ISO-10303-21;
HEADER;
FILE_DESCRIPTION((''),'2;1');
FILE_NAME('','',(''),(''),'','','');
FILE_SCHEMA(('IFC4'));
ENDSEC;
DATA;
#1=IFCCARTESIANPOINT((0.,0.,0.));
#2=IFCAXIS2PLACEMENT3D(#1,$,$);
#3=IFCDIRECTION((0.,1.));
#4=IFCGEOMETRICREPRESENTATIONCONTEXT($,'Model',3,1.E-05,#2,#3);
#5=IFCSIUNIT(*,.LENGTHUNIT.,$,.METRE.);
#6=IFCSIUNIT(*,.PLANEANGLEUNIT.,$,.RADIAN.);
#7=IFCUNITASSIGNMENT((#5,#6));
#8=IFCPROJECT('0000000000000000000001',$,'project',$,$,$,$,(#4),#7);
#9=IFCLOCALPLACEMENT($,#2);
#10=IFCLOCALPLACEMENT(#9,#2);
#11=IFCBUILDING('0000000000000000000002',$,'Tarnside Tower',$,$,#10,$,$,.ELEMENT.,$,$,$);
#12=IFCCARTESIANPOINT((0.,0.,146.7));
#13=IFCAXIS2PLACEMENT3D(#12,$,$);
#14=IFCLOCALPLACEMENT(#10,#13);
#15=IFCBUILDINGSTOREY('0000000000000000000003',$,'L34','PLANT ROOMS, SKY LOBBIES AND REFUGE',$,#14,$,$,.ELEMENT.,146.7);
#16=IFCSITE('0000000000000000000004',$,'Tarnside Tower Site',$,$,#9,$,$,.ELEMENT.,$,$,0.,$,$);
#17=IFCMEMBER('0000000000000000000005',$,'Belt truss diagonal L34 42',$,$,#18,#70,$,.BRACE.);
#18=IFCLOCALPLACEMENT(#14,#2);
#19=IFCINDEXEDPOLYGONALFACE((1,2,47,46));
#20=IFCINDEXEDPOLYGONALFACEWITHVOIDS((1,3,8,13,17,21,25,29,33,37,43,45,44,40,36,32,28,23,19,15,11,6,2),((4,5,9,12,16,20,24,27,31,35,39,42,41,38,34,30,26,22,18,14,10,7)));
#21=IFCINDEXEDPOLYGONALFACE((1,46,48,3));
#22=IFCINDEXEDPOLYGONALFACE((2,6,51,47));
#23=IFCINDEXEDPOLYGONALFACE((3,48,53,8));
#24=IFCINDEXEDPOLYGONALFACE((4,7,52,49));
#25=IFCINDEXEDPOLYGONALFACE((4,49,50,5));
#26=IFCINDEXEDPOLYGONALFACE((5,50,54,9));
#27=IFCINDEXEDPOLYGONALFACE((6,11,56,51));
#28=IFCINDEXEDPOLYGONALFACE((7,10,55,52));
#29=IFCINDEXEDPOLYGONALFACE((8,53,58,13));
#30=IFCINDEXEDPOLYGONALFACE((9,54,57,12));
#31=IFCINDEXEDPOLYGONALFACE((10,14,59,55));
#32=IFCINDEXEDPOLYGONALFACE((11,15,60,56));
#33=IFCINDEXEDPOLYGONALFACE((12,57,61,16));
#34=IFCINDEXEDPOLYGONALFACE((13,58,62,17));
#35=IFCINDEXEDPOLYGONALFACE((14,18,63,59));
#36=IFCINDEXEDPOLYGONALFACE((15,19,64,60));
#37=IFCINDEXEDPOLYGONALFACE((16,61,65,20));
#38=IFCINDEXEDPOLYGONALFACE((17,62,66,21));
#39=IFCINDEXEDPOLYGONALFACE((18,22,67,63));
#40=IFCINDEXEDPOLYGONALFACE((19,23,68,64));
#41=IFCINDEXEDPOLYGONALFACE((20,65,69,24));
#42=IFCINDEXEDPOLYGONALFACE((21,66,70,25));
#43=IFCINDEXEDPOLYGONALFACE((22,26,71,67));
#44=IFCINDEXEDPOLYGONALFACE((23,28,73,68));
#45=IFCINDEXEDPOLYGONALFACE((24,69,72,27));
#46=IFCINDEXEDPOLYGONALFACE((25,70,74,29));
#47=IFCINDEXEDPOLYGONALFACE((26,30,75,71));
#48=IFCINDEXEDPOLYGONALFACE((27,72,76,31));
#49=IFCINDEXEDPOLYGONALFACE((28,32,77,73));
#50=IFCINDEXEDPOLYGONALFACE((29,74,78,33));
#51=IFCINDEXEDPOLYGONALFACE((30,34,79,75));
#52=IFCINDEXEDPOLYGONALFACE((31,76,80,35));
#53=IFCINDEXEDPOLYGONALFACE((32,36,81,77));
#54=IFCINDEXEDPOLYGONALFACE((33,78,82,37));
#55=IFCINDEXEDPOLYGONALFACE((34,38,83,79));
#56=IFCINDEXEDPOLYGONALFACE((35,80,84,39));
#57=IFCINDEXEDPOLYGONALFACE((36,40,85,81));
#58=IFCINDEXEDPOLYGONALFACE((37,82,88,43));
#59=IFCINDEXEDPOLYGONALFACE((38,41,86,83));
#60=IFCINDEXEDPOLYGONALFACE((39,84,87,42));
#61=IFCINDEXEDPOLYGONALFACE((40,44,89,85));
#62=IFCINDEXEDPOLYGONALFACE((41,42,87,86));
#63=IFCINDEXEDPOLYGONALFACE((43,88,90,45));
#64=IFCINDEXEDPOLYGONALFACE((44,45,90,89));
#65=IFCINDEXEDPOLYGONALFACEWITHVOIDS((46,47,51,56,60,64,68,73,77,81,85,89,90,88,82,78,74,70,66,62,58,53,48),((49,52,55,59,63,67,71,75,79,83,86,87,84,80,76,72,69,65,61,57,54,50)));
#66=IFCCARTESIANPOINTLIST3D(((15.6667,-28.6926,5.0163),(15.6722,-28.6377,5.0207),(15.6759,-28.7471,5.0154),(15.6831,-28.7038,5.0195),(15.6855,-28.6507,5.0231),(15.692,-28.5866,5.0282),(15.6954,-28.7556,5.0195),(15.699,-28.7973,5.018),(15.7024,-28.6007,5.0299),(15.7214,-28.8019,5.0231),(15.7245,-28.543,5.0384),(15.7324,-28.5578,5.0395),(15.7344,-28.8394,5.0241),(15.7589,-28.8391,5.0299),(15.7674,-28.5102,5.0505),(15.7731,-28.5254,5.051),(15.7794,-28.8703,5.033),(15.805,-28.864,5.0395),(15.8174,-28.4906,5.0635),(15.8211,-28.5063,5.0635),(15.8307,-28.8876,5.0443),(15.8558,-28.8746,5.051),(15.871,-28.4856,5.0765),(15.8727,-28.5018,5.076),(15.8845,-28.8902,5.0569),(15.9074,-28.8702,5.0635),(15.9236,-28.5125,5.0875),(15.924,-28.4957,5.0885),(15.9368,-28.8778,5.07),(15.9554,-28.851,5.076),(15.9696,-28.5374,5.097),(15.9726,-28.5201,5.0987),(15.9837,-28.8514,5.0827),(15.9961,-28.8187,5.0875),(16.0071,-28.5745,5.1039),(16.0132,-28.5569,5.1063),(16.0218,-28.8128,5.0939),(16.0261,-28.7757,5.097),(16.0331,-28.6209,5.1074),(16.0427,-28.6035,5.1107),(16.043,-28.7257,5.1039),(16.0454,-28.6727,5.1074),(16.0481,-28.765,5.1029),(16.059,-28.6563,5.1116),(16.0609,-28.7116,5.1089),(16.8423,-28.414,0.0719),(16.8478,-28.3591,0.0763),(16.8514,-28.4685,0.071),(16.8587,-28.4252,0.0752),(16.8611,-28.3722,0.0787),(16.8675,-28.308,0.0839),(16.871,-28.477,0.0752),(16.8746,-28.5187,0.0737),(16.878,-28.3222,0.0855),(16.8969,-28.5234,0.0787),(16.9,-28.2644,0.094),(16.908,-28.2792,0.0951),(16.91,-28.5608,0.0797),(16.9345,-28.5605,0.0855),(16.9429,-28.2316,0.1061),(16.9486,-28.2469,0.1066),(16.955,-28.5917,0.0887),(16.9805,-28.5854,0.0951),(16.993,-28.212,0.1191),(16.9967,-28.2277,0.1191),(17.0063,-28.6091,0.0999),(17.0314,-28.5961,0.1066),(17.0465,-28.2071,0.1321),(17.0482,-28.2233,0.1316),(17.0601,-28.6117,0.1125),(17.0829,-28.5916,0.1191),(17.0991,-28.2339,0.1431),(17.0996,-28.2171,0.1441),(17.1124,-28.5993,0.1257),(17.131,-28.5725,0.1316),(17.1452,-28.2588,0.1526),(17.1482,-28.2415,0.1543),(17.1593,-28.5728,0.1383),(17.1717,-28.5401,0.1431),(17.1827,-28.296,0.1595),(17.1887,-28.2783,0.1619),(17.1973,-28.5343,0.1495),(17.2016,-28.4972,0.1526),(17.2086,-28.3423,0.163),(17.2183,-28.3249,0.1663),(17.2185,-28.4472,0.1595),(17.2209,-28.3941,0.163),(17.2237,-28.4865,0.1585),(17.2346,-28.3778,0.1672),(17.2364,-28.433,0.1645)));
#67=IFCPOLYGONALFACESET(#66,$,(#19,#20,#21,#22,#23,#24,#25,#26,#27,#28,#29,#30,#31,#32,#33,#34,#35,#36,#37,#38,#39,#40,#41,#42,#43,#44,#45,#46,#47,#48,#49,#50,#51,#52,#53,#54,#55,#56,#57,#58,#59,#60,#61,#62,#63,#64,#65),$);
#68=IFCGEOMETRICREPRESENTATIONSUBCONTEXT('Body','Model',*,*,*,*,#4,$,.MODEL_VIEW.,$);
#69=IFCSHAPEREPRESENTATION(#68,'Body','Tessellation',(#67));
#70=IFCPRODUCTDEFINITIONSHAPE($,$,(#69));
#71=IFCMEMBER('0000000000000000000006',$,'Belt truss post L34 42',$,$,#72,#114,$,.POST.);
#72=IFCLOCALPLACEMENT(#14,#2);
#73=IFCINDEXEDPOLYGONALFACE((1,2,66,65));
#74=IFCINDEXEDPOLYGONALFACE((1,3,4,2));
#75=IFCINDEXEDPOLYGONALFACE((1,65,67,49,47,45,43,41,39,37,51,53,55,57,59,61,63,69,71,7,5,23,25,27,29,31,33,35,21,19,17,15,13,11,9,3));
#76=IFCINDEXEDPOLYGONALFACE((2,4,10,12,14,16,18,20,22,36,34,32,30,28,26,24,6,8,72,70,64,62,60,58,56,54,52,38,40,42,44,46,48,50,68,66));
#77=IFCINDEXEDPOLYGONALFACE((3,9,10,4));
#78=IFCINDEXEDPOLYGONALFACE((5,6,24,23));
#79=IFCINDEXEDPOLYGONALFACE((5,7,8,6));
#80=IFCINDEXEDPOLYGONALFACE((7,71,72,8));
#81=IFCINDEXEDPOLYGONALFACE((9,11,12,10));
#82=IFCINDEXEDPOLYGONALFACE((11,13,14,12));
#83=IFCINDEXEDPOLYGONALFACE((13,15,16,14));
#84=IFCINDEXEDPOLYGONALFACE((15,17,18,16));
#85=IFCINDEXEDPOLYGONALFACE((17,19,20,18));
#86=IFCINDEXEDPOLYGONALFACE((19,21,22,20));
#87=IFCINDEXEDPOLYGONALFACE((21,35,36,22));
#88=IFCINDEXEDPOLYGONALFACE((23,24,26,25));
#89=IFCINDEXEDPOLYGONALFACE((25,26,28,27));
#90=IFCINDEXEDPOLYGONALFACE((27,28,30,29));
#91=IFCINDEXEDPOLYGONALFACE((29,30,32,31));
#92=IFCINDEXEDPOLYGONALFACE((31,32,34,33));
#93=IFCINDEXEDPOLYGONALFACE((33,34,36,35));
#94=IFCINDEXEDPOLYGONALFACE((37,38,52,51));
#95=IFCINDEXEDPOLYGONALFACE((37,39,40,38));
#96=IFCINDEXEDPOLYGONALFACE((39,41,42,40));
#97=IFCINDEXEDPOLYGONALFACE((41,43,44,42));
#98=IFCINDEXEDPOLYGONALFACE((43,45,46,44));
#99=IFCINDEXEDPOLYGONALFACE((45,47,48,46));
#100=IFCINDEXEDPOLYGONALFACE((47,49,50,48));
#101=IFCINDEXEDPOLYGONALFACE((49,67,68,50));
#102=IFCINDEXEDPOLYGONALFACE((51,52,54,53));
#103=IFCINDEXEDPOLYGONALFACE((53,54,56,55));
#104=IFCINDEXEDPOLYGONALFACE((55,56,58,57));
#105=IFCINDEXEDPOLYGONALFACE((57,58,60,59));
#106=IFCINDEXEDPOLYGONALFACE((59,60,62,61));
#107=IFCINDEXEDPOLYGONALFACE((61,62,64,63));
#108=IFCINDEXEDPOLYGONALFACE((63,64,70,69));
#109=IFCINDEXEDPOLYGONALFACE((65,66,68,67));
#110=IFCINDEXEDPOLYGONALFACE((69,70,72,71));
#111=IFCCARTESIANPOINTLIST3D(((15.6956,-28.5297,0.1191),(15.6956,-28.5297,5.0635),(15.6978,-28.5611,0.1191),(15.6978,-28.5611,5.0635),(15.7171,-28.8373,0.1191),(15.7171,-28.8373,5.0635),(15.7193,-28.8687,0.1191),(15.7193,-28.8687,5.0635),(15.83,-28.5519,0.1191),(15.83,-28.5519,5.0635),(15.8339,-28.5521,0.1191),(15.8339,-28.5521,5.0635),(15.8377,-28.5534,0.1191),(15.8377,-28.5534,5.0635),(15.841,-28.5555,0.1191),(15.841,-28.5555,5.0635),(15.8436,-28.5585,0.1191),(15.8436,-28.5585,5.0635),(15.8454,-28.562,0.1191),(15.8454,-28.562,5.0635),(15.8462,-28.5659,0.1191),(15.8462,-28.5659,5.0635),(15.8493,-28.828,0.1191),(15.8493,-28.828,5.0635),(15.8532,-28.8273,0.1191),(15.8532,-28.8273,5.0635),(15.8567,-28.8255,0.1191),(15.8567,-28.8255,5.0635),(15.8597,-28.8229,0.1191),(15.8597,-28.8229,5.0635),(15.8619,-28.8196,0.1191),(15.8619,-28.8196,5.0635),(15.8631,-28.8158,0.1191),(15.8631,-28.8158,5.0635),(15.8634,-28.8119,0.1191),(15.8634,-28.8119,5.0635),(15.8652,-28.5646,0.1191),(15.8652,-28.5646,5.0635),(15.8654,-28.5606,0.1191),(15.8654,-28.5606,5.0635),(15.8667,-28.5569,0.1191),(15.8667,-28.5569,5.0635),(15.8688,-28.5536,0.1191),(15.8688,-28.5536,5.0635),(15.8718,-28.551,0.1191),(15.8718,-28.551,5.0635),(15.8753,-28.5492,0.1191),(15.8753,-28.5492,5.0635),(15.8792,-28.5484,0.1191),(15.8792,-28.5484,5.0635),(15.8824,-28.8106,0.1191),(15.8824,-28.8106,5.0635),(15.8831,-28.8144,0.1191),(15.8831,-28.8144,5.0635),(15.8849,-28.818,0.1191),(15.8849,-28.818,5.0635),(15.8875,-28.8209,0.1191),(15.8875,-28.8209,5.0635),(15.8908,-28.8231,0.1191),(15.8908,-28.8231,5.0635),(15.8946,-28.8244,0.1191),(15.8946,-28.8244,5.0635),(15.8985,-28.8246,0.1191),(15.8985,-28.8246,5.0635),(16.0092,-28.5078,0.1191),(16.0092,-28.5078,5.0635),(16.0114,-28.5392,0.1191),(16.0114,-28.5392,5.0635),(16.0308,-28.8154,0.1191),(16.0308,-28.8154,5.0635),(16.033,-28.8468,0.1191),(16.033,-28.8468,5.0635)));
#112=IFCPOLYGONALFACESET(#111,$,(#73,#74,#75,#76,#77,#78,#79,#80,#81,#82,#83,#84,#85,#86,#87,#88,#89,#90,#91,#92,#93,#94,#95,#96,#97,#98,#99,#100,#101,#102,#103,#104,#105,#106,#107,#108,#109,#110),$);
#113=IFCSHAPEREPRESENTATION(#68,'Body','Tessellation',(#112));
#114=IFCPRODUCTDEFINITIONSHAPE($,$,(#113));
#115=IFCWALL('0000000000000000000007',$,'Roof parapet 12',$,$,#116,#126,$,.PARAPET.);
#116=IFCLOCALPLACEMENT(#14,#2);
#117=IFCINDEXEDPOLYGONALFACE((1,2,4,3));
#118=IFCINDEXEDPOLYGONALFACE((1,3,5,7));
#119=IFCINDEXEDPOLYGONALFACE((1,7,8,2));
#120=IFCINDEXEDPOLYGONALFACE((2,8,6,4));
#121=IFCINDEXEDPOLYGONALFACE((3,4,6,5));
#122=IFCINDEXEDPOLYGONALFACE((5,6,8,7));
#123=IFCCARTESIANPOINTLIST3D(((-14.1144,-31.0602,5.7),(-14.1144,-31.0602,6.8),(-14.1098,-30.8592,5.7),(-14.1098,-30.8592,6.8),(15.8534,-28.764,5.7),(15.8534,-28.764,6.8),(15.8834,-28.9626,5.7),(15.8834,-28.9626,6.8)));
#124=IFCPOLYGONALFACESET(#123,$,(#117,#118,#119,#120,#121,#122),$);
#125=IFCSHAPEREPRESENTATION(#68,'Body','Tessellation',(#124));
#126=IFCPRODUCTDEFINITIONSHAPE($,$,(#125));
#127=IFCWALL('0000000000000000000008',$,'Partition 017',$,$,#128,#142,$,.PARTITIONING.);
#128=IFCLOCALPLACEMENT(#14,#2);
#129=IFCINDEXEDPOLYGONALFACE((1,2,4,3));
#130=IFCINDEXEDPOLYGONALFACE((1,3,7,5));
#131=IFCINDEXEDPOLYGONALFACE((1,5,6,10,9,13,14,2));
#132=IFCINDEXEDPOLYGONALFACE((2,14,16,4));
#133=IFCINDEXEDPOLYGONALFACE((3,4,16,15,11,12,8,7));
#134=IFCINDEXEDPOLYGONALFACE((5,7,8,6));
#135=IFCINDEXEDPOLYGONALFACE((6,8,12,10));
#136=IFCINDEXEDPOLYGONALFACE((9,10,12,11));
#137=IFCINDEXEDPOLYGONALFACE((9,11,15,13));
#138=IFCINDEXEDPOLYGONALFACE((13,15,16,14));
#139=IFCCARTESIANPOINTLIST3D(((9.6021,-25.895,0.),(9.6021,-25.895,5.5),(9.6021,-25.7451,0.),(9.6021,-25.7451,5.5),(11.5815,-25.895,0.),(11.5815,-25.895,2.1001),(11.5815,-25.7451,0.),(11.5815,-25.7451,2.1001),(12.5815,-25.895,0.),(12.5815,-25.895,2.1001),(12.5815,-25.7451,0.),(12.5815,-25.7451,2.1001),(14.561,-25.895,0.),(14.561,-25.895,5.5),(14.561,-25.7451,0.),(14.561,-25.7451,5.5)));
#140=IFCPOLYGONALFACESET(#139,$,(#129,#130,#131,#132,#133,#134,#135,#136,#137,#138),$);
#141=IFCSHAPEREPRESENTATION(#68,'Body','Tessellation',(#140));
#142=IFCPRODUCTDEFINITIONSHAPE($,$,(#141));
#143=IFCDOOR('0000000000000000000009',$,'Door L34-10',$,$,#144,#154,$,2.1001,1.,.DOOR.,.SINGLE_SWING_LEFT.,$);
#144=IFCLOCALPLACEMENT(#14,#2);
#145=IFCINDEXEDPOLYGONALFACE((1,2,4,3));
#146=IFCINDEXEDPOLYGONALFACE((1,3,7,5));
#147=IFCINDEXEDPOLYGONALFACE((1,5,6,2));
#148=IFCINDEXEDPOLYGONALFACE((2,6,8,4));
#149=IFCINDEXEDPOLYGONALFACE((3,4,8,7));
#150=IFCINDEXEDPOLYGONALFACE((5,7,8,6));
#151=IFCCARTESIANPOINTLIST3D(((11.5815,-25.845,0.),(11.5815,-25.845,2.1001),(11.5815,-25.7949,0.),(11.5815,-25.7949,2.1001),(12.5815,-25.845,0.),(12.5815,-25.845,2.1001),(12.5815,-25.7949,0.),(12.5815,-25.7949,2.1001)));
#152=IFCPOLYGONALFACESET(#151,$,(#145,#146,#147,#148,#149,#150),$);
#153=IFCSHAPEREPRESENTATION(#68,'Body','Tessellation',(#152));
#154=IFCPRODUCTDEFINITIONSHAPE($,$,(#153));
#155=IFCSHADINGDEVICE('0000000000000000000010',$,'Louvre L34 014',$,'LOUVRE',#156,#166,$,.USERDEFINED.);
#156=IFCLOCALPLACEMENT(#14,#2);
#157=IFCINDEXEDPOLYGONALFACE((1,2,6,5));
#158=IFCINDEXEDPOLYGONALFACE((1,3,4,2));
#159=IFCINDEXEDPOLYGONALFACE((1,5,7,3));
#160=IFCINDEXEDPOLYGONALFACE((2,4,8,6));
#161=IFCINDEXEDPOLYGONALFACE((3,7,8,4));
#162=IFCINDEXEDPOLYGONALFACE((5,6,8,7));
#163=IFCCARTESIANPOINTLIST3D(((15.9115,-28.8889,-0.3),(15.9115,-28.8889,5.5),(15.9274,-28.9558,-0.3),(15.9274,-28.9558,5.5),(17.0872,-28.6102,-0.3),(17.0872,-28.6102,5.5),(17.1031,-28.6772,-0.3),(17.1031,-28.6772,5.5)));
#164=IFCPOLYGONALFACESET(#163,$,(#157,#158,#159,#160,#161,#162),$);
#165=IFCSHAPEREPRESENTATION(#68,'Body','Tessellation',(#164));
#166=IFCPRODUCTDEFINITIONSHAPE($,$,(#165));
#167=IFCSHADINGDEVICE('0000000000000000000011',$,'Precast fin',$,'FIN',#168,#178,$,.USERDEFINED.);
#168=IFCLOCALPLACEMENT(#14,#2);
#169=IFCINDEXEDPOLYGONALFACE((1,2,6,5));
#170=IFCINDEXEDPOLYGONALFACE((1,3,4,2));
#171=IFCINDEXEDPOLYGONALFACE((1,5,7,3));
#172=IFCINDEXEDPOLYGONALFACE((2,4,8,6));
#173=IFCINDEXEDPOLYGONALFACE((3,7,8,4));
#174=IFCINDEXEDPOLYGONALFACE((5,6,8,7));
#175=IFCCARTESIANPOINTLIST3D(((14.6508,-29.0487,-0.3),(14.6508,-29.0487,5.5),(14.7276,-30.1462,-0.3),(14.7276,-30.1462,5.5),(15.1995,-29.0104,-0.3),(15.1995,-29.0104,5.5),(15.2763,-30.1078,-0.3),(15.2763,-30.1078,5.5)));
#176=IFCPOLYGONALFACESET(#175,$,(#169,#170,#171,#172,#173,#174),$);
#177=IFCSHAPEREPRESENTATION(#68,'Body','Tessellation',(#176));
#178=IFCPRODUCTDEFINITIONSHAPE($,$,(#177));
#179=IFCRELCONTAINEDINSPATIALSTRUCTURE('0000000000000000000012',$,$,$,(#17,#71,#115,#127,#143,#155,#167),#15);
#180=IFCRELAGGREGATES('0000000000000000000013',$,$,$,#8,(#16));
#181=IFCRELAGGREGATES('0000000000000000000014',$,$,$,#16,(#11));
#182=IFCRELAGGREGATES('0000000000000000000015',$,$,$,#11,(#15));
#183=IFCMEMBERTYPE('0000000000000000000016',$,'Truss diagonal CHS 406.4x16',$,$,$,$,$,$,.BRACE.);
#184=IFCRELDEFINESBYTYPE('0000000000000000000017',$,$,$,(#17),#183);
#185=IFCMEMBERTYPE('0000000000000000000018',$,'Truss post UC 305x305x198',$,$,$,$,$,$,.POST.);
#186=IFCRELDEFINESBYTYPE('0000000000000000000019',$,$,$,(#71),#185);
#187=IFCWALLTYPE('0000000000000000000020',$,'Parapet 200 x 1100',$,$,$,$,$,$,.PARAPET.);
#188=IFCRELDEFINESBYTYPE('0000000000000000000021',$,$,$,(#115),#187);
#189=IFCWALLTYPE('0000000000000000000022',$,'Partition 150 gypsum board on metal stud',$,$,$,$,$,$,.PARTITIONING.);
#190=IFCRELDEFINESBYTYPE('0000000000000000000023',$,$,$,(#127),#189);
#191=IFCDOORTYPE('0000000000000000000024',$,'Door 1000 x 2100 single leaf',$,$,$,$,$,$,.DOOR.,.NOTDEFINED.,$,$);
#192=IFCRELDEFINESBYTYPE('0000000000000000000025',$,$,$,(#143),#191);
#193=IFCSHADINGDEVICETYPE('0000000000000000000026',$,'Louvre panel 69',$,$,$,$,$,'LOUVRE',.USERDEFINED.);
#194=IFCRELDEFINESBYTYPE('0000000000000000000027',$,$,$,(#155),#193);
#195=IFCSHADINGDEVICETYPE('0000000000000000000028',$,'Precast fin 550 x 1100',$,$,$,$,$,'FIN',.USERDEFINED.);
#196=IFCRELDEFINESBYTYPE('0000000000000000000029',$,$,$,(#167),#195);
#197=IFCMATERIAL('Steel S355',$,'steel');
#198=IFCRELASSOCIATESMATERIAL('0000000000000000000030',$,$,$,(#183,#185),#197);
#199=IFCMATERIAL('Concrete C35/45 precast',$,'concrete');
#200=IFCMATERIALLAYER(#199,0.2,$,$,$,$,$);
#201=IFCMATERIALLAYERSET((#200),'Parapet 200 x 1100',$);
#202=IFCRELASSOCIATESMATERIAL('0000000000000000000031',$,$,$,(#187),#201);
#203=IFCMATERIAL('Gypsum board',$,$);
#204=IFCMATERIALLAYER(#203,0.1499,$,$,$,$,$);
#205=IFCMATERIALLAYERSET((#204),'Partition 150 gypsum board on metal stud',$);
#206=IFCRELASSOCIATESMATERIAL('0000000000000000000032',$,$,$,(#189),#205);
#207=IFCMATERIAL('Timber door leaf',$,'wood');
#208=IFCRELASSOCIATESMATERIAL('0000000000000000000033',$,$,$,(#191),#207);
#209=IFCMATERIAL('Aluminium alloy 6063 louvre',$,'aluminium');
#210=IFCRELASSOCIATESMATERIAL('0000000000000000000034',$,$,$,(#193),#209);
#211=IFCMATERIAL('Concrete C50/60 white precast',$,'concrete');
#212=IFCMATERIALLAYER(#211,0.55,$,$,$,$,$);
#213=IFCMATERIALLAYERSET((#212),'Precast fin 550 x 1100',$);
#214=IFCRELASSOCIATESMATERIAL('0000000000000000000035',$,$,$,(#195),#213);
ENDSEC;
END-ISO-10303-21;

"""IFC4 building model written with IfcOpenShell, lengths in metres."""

from ifc_helpers import new_model, si_unit, direction, frame, frame_2d, origin, origin_2d, place, context, subcontext, project, spatial, polyline, rectangle, hollow_circle, i_section, outline, extrude, material, layer, layer_set, material_profile, profile_set, type_object, element, fill, save


model = new_model("IFC4")

# Units and contexts
model_context = context("Model", 3, precision=1e-05, world=origin(), true_north=direction((0.0, 1.0)))
body_context = subcontext(model_context, "Body", "Model", "MODEL_VIEW")
ifc_project = project(units=[si_unit("LENGTHUNIT", "METRE"), si_unit("PLANEANGLEUNIT", "RADIAN")], contexts=[model_context])

# Site, building, storey
site_placement = place(None, origin())
site = spatial("IfcSite", under=ifc_project, at=site_placement, Name="Tarnside Tower Site", CompositionType="ELEMENT", RefElevation=0.0)
building_placement = place(site_placement, origin())
building = spatial("IfcBuilding", under=site, at=building_placement, Name="Tarnside Tower", CompositionType="ELEMENT")
storey_placement = place(building_placement, frame((0.0, 0.0, 146.7)))
storey = spatial("IfcBuildingStorey", under=building, at=storey_placement, Name="L34", Description="PLANT ROOMS, SKY LOBBIES AND REFUGE", CompositionType="ELEMENT", Elevation=146.7)

# Shared definitions
ifc_material_1 = material(Name="Steel S355", Category="steel")

# Members
ifc_material_profile_1 = material_profile(ifc_material_1, hollow_circle(Radius=0.2031, WallThickness=0.0161, at=origin_2d()), Name="CHS 406.4x16")
ifc_profile_set_1 = profile_set([ifc_material_profile_1], Name="Steel S355")
member_type_1 = type_object("IfcMemberType", Name="Truss diagonal CHS 406.4x16", PredefinedType="BRACE", material=ifc_profile_set_1)
member_1_placement = place(storey_placement, frame((15.8643, -28.6882, 5.0635), z_axis=(0.23096, 0.05473, -0.971423), x_axis=(-0.230582, 0.973053, 0.0)))
element("IfcMember", 1, at=member_1_placement, inside=storey, type_object=member_type_1, Name="Belt truss diagonal L34 42", PredefinedType="BRACE", context=body_context, shape_type="SweptSolid", body=[
    extrude(hollow_circle(Radius=0.2031, WallThickness=0.0161, at=origin_2d()), origin(), (0.0, 0.0, 1.0), 5.0898),
])
ifc_material_profile_2 = material_profile(ifc_material_1, i_section(OverallWidth=0.3145, OverallDepth=0.3398, WebThickness=0.019, FlangeThickness=0.0315, FilletRadius=0.0151, at=origin_2d()), Name="UC 305x305x198")
ifc_profile_set_2 = profile_set([ifc_material_profile_2], Name="Steel S355")
member_type_2 = type_object("IfcMemberType", Name="Truss post UC 305x305x198", PredefinedType="POST", material=ifc_profile_set_2)
member_2_placement = place(storey_placement, frame((15.8643, -28.6882, 0.1191), z_axis=(0.0, 0.0, 1.0), x_axis=(0.997564, 0.069756, 0.0)))
element("IfcMember", 2, at=member_2_placement, inside=storey, type_object=member_type_2, Name="Belt truss post L34 42", PredefinedType="POST", context=body_context, shape_type="SweptSolid", body=[
    extrude(i_section(OverallWidth=0.3145, OverallDepth=0.3398, WebThickness=0.019, FlangeThickness=0.0315, FilletRadius=0.0151, at=origin_2d()), origin(), (0.0, 0.0, 1.0), 4.9443),
])

# Wall
ifc_material_2 = material(Name="Concrete C35/45 precast", Category="concrete")
ifc_layer_1 = layer(ifc_material_2, 0.2)
ifc_layer_set_1 = layer_set([ifc_layer_1], Name="Parapet 200 x 1100")
wall_type_1 = type_object("IfcWallType", Name="Parapet 200 x 1100", PredefinedType="PARAPET", material=ifc_layer_set_1)
wall_1_placement = place(storey_placement, frame((15.8684, -28.8633, 5.7), z_axis=(0.0, 0.0, 1.0), x_axis=(-0.997564, -0.069756, 0.0)))
element("IfcWall", 3, at=wall_1_placement, inside=storey, type_object=wall_type_1, Name="Roof parapet 12", PredefinedType="PARAPET", context=body_context, shape_type="SweptSolid", body=[
    extrude(outline(polyline([(0.0081, -0.1001), (30.0444, -0.1001), (30.063, 0.1001), (-0.0081, 0.1001), (0.0081, -0.1001)])), origin(), (0.0, 0.0, 1.0), 1.1001),
])

# Wall, opening, door
ifc_material_3 = material(Name="Gypsum board")
ifc_layer_2 = layer(ifc_material_3, 0.1499)
ifc_layer_set_2 = layer_set([ifc_layer_2], Name="Partition 150 gypsum board on metal stud")
wall_type_2 = type_object("IfcWallType", Name="Partition 150 gypsum board on metal stud", PredefinedType="PARTITIONING", material=ifc_layer_set_2)
wall_2_placement = place(storey_placement, frame((14.561, -25.8201, 0.0), z_axis=(0.0, 0.0, 1.0), x_axis=(-1.0, 0.0, 0.0)))
wall_2 = element("IfcWall", 4, at=wall_2_placement, inside=storey, type_object=wall_type_2, Name="Partition 017", PredefinedType="PARTITIONING", context=body_context, shape_type="SweptSolid", body=[
    extrude(rectangle(XDim=4.959, YDim=0.1499, at=frame_2d((2.4795, 0.0))), origin(), (0.0, 0.0, 1.0), 5.5),
])
opening_placement = place(wall_2_placement, frame((1.9795, 0.0, 0.0)))
opening = element("IfcOpeningElement", 5, at=opening_placement, cuts=wall_2, PredefinedType="OPENING", context=body_context, shape_type="SweptSolid", body=[
    extrude(rectangle(XDim=1.0, YDim=2.1001, at=frame_2d((0.5, 1.05))), frame((0.0, 0.085, 0.0), z_axis=(0.0, -1.0, 0.0), x_axis=(1.0, 0.0, 0.0)), (0.0, 0.0, 1.0), 0.1699),
])
ifc_material_4 = material(Name="Timber door leaf", Category="wood")
door_type = type_object("IfcDoorType", Name="Door 1000 x 2100 single leaf", OperationType="NOTDEFINED", PredefinedType="DOOR", material=ifc_material_4)
door_placement = place(opening_placement, origin())
door = element("IfcDoor", 6, at=door_placement, inside=storey, type_object=door_type, Name="Door L34-10", OperationType="SINGLE_SWING_LEFT", OverallHeight=2.1001, OverallWidth=1.0, PredefinedType="DOOR", context=body_context, shape_type="SweptSolid", body=[
    extrude(rectangle(XDim=1.0, YDim=2.1001, at=frame_2d((0.5, 1.05))), frame((0.0, 0.0249, 0.0), z_axis=(0.0, -1.0, 0.0), x_axis=(1.0, 0.0, 0.0)), (0.0, 0.0, 1.0), 0.05),
])
fill(opening, door)

# Shading devices
ifc_material_5 = material(Name="Aluminium alloy 6063 louvre", Category="aluminium")
shading_device_type_1 = type_object("IfcShadingDeviceType", Name="Louvre panel 69", ElementType="LOUVRE", PredefinedType="USERDEFINED", material=ifc_material_5)
shading_device_placement = place(storey_placement, frame((16.4995, -28.7495, -0.3), z_axis=(-0.973049, -0.230598, 0.0), x_axis=(0.230598, -0.973049, 0.0)))
element("IfcShadingDevice", 7, at=shading_device_placement, inside=storey, type_object=shading_device_type_1, Name="Louvre L34 014", ObjectType="LOUVRE", PredefinedType="USERDEFINED", context=body_context, shape_type="SweptSolid", body=[
    extrude(outline(polyline([(0.0, 0.0), (0.0688, 0.0), (0.0688, 5.8), (0.0, 5.8), (0.0, 0.0)])), frame((0.0, 0.0, -0.604)), (0.0, 0.0, 1.0), 1.2083),
])
ifc_material_6 = material(Name="Concrete C50/60 white precast", Category="concrete")
ifc_layer_3 = layer(ifc_material_6, 0.55)
ifc_layer_set_3 = layer_set([ifc_layer_3], Name="Precast fin 550 x 1100")
shading_device_type_2 = type_object("IfcShadingDeviceType", Name="Precast fin 550 x 1100", ElementType="FIN", PredefinedType="USERDEFINED", material=ifc_layer_set_3)
for number, where, z_axis, x_axis, name in (
    (8, (14.9253, -29.0295, -0.3), (-0.997564, -0.069756, 0.0), (0.069756, -0.997564, 0.0), "Precast fin"),
):
    element("IfcShadingDevice", number, at=place(storey_placement, frame(where, z_axis=z_axis, x_axis=x_axis)), inside=storey, type_object=shading_device_type_2, Name=name, ObjectType="FIN", PredefinedType="USERDEFINED", context=body_context, shape_type="SweptSolid", body=[
        extrude(outline(polyline([(0.0, 0.0), (1.1001, 0.0), (1.1001, 5.8), (0.0, 5.8), (0.0, 0.0)])), frame((0.0, 0.0, -0.2749)), (0.0, 0.0, 1.0), 0.55),
    ])

save(model, "model.ifc")
